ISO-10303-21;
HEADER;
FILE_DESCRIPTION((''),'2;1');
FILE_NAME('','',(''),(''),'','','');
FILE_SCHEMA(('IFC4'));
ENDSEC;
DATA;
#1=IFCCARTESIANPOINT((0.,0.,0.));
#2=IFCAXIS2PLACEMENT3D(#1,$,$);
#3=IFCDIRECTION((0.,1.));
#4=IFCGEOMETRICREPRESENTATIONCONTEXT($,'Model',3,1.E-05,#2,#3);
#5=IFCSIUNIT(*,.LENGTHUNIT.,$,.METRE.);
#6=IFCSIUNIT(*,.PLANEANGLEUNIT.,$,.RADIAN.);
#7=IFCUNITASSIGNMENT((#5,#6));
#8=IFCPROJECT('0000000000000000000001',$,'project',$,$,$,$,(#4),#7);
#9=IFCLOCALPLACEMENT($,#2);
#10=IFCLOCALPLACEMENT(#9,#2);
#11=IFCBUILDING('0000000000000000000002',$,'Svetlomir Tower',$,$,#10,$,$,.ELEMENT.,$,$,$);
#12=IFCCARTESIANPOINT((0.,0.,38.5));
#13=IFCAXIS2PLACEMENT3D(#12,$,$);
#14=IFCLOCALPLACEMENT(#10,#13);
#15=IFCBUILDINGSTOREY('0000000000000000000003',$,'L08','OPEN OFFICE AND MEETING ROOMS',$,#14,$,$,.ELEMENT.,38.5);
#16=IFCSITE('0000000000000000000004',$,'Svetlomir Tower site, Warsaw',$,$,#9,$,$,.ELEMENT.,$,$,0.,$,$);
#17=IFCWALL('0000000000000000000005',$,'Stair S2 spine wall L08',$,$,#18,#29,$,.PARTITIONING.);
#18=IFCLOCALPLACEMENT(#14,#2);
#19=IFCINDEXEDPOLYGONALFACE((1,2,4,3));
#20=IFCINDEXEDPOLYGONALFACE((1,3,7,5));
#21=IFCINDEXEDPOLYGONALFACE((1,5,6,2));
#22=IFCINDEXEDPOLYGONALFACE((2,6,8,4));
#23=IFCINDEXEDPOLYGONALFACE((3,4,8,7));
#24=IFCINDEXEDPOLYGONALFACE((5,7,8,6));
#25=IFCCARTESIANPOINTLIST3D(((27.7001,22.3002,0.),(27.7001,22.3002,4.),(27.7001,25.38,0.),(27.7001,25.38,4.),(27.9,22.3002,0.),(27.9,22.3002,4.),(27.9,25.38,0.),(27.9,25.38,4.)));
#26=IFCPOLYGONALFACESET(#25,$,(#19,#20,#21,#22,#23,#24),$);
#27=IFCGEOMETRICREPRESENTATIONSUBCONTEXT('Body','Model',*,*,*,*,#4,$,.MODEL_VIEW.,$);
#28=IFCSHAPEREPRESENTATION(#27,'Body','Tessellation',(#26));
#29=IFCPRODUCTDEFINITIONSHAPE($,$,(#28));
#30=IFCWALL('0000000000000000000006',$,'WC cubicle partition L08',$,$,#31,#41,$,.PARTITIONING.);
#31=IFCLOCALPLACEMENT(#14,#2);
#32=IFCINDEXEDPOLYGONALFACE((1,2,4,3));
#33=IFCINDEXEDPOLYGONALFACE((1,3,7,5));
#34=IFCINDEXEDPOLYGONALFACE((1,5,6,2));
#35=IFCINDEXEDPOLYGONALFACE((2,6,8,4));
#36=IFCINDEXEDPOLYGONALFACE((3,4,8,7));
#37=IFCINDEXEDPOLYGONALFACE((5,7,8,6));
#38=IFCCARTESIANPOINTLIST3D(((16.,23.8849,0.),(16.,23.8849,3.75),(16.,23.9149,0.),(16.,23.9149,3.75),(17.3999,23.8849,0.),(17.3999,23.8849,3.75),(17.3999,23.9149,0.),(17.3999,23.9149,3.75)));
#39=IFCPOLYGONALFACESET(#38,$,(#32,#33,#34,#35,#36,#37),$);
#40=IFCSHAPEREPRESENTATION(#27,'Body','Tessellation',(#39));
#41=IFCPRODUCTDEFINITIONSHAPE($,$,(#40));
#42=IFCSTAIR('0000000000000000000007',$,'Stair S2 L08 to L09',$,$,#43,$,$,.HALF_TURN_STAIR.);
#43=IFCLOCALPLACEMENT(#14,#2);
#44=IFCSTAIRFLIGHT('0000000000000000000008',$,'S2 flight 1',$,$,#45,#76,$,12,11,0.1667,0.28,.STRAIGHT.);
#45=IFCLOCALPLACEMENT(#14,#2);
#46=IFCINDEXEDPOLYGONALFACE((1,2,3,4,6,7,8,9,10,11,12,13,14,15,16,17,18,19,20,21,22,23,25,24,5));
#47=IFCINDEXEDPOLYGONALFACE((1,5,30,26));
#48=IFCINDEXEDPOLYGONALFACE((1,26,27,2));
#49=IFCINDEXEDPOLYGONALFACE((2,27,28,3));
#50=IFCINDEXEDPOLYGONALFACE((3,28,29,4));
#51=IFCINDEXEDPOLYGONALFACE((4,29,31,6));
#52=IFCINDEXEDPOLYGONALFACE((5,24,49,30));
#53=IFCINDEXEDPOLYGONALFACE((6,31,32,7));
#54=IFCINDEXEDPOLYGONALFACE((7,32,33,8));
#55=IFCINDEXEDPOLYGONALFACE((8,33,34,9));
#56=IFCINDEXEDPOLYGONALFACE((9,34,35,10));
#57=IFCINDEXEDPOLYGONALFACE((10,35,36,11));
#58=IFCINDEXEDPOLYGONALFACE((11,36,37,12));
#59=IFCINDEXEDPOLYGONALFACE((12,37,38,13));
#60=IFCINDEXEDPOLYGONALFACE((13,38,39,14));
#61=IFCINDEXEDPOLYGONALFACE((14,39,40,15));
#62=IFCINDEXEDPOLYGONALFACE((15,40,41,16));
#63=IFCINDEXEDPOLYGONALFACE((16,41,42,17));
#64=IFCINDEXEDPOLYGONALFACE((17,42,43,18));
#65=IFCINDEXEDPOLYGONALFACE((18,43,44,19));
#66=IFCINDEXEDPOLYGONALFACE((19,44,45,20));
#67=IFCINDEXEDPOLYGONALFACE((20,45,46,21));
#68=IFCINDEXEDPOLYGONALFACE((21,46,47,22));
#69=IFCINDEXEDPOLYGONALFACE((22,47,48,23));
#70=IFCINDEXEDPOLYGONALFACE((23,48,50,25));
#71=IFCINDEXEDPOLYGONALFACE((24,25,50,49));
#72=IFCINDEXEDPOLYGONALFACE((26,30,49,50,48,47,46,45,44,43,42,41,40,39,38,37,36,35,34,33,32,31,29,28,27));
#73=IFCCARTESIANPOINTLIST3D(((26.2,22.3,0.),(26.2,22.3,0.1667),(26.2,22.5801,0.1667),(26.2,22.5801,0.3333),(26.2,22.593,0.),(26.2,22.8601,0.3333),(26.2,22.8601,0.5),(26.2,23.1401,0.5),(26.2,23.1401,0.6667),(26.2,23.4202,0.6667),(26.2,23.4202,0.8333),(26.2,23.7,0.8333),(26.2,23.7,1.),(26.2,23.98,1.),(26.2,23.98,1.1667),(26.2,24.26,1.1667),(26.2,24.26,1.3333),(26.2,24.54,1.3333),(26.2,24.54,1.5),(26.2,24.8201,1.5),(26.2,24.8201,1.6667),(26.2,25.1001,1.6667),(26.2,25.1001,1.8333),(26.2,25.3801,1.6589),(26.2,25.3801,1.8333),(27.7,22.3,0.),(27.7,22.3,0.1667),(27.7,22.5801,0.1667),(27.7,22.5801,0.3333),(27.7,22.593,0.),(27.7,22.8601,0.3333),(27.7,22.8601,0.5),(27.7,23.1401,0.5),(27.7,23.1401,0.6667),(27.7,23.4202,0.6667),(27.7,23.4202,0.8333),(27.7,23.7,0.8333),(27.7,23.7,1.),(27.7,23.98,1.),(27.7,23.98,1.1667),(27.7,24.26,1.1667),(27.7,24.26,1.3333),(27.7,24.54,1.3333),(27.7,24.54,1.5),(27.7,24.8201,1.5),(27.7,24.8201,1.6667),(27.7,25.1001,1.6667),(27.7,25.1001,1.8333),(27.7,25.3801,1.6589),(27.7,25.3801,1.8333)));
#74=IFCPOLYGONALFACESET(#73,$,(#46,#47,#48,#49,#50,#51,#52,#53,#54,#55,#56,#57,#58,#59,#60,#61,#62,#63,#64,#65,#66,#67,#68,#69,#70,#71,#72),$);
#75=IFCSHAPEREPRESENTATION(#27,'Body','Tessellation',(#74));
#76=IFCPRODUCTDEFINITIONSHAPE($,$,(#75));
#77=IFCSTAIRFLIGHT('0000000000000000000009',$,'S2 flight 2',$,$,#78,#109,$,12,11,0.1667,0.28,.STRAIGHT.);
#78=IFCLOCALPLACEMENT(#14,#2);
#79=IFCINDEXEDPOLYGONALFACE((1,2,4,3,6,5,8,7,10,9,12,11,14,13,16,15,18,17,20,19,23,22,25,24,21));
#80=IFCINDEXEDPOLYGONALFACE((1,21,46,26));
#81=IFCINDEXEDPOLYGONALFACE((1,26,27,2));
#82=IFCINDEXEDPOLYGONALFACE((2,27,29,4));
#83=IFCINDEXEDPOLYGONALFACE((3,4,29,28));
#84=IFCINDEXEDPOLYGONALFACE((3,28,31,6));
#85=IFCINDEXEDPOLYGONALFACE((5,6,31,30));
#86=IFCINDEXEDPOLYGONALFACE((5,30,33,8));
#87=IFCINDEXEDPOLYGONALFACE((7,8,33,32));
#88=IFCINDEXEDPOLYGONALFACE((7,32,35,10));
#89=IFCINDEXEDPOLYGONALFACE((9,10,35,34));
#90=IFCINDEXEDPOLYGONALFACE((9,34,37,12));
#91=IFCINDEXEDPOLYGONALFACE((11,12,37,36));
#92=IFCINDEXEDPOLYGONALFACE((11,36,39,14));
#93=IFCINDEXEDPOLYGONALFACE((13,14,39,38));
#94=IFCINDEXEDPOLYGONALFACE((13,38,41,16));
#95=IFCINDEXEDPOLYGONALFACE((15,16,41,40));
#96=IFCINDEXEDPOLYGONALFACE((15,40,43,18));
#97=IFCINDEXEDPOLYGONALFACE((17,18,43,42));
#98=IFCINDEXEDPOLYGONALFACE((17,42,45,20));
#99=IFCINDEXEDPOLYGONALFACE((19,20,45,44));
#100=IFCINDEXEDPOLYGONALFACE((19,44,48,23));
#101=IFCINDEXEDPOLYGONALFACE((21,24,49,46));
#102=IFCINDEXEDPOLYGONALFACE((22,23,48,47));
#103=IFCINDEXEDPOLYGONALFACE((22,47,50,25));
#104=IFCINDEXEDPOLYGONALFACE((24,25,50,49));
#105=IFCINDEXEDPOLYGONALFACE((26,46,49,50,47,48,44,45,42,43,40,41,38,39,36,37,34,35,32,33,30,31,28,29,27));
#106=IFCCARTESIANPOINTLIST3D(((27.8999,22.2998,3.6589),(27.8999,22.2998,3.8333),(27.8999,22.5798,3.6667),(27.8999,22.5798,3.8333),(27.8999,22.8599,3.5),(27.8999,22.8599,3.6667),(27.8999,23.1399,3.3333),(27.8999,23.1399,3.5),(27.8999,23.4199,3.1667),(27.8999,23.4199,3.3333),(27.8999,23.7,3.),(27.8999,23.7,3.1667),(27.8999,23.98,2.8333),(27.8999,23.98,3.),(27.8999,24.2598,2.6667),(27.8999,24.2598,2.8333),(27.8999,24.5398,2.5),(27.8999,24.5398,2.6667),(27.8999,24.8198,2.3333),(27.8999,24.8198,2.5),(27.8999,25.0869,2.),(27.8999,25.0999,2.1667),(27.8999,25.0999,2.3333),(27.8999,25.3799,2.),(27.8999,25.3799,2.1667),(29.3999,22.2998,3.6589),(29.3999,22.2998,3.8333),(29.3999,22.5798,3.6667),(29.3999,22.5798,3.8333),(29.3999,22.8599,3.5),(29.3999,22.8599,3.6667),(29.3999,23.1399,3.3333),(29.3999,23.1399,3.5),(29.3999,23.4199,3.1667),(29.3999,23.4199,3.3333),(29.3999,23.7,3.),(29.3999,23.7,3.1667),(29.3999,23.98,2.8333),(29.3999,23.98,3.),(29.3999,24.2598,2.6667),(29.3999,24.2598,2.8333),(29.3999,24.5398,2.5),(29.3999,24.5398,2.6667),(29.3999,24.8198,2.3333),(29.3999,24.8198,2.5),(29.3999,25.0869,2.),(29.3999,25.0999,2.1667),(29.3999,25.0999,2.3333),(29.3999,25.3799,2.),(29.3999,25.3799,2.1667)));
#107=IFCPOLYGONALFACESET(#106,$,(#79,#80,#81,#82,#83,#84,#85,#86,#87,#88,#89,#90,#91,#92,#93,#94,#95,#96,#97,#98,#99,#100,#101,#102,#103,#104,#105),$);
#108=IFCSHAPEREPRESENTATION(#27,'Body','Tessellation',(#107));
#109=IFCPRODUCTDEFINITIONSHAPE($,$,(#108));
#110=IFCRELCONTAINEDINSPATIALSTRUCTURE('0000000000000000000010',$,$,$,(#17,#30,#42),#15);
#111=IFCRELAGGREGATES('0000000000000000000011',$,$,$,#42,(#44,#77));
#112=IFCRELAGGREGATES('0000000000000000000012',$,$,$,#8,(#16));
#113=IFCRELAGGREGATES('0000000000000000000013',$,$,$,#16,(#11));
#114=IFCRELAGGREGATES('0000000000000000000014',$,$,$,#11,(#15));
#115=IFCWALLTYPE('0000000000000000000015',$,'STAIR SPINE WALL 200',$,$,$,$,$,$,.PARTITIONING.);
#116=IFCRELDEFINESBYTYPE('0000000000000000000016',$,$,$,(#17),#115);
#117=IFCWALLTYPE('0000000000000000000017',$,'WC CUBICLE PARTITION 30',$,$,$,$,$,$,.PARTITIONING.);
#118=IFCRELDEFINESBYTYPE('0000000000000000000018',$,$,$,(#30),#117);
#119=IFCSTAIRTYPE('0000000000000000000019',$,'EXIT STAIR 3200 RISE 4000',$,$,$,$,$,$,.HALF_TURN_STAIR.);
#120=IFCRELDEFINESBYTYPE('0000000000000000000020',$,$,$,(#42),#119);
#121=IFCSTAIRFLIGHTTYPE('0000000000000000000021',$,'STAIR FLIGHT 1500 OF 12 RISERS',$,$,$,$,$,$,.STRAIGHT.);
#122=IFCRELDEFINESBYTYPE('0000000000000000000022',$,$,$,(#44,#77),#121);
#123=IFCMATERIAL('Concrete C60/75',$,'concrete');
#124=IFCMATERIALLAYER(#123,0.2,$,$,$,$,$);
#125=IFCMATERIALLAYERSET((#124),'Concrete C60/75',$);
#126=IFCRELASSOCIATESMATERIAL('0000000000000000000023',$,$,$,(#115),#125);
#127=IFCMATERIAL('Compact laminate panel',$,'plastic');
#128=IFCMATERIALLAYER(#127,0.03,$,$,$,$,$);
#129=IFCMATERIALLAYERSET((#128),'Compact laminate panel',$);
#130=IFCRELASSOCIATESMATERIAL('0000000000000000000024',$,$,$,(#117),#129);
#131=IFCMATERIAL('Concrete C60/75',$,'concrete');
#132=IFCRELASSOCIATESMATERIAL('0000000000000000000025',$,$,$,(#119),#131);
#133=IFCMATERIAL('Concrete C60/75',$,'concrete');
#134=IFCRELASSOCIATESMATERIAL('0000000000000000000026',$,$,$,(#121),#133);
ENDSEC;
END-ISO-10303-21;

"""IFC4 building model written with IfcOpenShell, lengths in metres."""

from ifc_helpers import new_model, si_unit, direction, frame, frame_2d, origin, place, context, subcontext, project, spatial, polyline, rectangle, outline, extrude, material, layer, layer_set, type_object, element, aggregate, save


model = new_model("IFC4")

# Units and contexts
model_context = context("Model", 3, precision=1e-05, world=origin(), true_north=direction((0.0, 1.0)))
body_context = subcontext(model_context, "Body", "Model", "MODEL_VIEW")
ifc_project = project(units=[si_unit("LENGTHUNIT", "METRE"), si_unit("PLANEANGLEUNIT", "RADIAN")], contexts=[model_context])

# Site, building, storey
site_placement = place(None, origin())
site = spatial("IfcSite", under=ifc_project, at=site_placement, Name="Svetlomir Tower site, Warsaw", CompositionType="ELEMENT", RefElevation=0.0)
building_placement = place(site_placement, origin())
building = spatial("IfcBuilding", under=site, at=building_placement, Name="Svetlomir Tower", CompositionType="ELEMENT")
storey_placement = place(building_placement, frame((0.0, 0.0, 38.5)))
storey = spatial("IfcBuildingStorey", under=building, at=storey_placement, Name="L08", Description="OPEN OFFICE AND MEETING ROOMS", CompositionType="ELEMENT", Elevation=38.5)

# Walls
ifc_material_1 = material(Name="Concrete C60/75", Category="concrete")
ifc_layer_1 = layer(ifc_material_1, 0.2)
ifc_layer_set_1 = layer_set([ifc_layer_1], Name="Concrete C60/75")
wall_type_1 = type_object("IfcWallType", Name="STAIR SPINE WALL 200", PredefinedType="PARTITIONING", material=ifc_layer_set_1)
wall_1_placement = place(storey_placement, frame((27.8, 22.3, 0.0), z_axis=(0.0, 0.0, 1.0), x_axis=(0.0, 1.0, 0.0)))
element("IfcWall", 1, at=wall_1_placement, inside=storey, type_object=wall_type_1, Name="Stair S2 spine wall L08", PredefinedType="PARTITIONING", context=body_context, shape_type="SweptSolid", body=[
    extrude(rectangle(XDim=3.0798, YDim=0.2, at=frame_2d((1.54, 0.0))), origin(), (0.0, 0.0, 1.0), 4.0),
])
ifc_material_2 = material(Name="Compact laminate panel", Category="plastic")
ifc_layer_2 = layer(ifc_material_2, 0.03)
ifc_layer_set_2 = layer_set([ifc_layer_2], Name="Compact laminate panel")
wall_type_2 = type_object("IfcWallType", Name="WC CUBICLE PARTITION 30", PredefinedType="PARTITIONING", material=ifc_layer_set_2)
wall_2_placement = place(storey_placement, frame((16.0, 23.8999, 0.0), z_axis=(0.0, 0.0, 1.0), x_axis=(1.0, 0.0, 0.0)))
element("IfcWall", 2, at=wall_2_placement, inside=storey, type_object=wall_type_2, Name="WC cubicle partition L08", PredefinedType="PARTITIONING", context=body_context, shape_type="SweptSolid", body=[
    extrude(rectangle(XDim=1.3999, YDim=0.03, at=frame_2d((0.7, 0.0))), origin(), (0.0, 0.0, 1.0), 3.75),
])

# Stair, stair flights
ifc_material_3 = material(Name="Concrete C60/75", Category="concrete")
stair_type = type_object("IfcStairType", Name="EXIT STAIR 3200 RISE 4000", PredefinedType="HALF_TURN_STAIR", material=ifc_material_3)
stair_placement = place(storey_placement, origin())
stair = element("IfcStair", 3, at=stair_placement, inside=storey, type_object=stair_type, Name="Stair S2 L08 to L09", PredefinedType="HALF_TURN_STAIR")
ifc_material_4 = material(Name="Concrete C60/75", Category="concrete")
stair_flight_type = type_object("IfcStairFlightType", Name="STAIR FLIGHT 1500 OF 12 RISERS", PredefinedType="STRAIGHT", material=ifc_material_4)
stair_flight_1_placement = place(storey_placement, frame((26.95, 22.3, 0.0), z_axis=(0.0, 0.0, 1.0), x_axis=(0.0, 1.0, 0.0)))
stair_flight_1 = element("IfcStairFlight", 4, at=stair_flight_1_placement, type_object=stair_flight_type, Name="S2 flight 1", NumberOfRisers=12, NumberOfTreads=11, PredefinedType="STRAIGHT", RiserHeight=0.1667, TreadLength=0.28, context=body_context, shape_type="SweptSolid", body=[
    extrude(outline(polyline([(0.0, 0.0), (0.0, 0.1667), (0.28, 0.1667), (0.28, 0.3333), (0.5601, 0.3333), (0.5601, 0.5), (0.8401, 0.5), (0.8401, 0.6667), (1.1201, 0.6667), (1.1201, 0.8333), (1.3999, 0.8333), (1.3999, 1.0), (1.6799, 1.0), (1.6799, 1.1667), (1.96, 1.1667), (1.96, 1.3333), (2.24, 1.3333), (2.24, 1.5), (2.52, 1.5), (2.52, 1.6667), (2.8, 1.6667), (2.8, 1.8333), (3.0801, 1.8333), (3.0801, 2.0), (3.0801, 1.6589), (0.293, 0.0), (0.0, 0.0)])), frame((0.0, 0.75, 0.0), z_axis=(0.0, -1.0, 0.0), x_axis=(1.0, 0.0, 0.0)), (0.0, 0.0, 1.0), 1.5),
])
stair_flight_2_placement = place(storey_placement, frame((28.6499, 25.3799, 2.0), z_axis=(0.0, 0.0, 1.0), x_axis=(0.0, -1.0, 0.0)))
stair_flight_2 = element("IfcStairFlight", 5, at=stair_flight_2_placement, type_object=stair_flight_type, Name="S2 flight 2", NumberOfRisers=12, NumberOfTreads=11, PredefinedType="STRAIGHT", RiserHeight=0.1667, TreadLength=0.28, context=body_context, shape_type="SweptSolid", body=[
    extrude(outline(polyline([(0.0, 0.0), (0.0, 0.1667), (0.28, 0.1667), (0.28, 0.3333), (0.5601, 0.3333), (0.5601, 0.5), (0.8401, 0.5), (0.8401, 0.6667), (1.1201, 0.6667), (1.1201, 0.8333), (1.3999, 0.8333), (1.3999, 1.0), (1.6799, 1.0), (1.6799, 1.1667), (1.96, 1.1667), (1.96, 1.3333), (2.24, 1.3333), (2.24, 1.5), (2.52, 1.5), (2.52, 1.6667), (2.8, 1.6667), (2.8, 1.8333), (3.0801, 1.8333), (3.0801, 2.0), (3.0801, 1.6589), (0.293, 0.0), (0.0, 0.0)])), frame((0.0, 0.75, 0.0), z_axis=(0.0, -1.0, 0.0), x_axis=(1.0, 0.0, 0.0)), (0.0, 0.0, 1.0), 1.5),
])
aggregate(stair, [stair_flight_1, stair_flight_2])

save(model, "model.ifc")
